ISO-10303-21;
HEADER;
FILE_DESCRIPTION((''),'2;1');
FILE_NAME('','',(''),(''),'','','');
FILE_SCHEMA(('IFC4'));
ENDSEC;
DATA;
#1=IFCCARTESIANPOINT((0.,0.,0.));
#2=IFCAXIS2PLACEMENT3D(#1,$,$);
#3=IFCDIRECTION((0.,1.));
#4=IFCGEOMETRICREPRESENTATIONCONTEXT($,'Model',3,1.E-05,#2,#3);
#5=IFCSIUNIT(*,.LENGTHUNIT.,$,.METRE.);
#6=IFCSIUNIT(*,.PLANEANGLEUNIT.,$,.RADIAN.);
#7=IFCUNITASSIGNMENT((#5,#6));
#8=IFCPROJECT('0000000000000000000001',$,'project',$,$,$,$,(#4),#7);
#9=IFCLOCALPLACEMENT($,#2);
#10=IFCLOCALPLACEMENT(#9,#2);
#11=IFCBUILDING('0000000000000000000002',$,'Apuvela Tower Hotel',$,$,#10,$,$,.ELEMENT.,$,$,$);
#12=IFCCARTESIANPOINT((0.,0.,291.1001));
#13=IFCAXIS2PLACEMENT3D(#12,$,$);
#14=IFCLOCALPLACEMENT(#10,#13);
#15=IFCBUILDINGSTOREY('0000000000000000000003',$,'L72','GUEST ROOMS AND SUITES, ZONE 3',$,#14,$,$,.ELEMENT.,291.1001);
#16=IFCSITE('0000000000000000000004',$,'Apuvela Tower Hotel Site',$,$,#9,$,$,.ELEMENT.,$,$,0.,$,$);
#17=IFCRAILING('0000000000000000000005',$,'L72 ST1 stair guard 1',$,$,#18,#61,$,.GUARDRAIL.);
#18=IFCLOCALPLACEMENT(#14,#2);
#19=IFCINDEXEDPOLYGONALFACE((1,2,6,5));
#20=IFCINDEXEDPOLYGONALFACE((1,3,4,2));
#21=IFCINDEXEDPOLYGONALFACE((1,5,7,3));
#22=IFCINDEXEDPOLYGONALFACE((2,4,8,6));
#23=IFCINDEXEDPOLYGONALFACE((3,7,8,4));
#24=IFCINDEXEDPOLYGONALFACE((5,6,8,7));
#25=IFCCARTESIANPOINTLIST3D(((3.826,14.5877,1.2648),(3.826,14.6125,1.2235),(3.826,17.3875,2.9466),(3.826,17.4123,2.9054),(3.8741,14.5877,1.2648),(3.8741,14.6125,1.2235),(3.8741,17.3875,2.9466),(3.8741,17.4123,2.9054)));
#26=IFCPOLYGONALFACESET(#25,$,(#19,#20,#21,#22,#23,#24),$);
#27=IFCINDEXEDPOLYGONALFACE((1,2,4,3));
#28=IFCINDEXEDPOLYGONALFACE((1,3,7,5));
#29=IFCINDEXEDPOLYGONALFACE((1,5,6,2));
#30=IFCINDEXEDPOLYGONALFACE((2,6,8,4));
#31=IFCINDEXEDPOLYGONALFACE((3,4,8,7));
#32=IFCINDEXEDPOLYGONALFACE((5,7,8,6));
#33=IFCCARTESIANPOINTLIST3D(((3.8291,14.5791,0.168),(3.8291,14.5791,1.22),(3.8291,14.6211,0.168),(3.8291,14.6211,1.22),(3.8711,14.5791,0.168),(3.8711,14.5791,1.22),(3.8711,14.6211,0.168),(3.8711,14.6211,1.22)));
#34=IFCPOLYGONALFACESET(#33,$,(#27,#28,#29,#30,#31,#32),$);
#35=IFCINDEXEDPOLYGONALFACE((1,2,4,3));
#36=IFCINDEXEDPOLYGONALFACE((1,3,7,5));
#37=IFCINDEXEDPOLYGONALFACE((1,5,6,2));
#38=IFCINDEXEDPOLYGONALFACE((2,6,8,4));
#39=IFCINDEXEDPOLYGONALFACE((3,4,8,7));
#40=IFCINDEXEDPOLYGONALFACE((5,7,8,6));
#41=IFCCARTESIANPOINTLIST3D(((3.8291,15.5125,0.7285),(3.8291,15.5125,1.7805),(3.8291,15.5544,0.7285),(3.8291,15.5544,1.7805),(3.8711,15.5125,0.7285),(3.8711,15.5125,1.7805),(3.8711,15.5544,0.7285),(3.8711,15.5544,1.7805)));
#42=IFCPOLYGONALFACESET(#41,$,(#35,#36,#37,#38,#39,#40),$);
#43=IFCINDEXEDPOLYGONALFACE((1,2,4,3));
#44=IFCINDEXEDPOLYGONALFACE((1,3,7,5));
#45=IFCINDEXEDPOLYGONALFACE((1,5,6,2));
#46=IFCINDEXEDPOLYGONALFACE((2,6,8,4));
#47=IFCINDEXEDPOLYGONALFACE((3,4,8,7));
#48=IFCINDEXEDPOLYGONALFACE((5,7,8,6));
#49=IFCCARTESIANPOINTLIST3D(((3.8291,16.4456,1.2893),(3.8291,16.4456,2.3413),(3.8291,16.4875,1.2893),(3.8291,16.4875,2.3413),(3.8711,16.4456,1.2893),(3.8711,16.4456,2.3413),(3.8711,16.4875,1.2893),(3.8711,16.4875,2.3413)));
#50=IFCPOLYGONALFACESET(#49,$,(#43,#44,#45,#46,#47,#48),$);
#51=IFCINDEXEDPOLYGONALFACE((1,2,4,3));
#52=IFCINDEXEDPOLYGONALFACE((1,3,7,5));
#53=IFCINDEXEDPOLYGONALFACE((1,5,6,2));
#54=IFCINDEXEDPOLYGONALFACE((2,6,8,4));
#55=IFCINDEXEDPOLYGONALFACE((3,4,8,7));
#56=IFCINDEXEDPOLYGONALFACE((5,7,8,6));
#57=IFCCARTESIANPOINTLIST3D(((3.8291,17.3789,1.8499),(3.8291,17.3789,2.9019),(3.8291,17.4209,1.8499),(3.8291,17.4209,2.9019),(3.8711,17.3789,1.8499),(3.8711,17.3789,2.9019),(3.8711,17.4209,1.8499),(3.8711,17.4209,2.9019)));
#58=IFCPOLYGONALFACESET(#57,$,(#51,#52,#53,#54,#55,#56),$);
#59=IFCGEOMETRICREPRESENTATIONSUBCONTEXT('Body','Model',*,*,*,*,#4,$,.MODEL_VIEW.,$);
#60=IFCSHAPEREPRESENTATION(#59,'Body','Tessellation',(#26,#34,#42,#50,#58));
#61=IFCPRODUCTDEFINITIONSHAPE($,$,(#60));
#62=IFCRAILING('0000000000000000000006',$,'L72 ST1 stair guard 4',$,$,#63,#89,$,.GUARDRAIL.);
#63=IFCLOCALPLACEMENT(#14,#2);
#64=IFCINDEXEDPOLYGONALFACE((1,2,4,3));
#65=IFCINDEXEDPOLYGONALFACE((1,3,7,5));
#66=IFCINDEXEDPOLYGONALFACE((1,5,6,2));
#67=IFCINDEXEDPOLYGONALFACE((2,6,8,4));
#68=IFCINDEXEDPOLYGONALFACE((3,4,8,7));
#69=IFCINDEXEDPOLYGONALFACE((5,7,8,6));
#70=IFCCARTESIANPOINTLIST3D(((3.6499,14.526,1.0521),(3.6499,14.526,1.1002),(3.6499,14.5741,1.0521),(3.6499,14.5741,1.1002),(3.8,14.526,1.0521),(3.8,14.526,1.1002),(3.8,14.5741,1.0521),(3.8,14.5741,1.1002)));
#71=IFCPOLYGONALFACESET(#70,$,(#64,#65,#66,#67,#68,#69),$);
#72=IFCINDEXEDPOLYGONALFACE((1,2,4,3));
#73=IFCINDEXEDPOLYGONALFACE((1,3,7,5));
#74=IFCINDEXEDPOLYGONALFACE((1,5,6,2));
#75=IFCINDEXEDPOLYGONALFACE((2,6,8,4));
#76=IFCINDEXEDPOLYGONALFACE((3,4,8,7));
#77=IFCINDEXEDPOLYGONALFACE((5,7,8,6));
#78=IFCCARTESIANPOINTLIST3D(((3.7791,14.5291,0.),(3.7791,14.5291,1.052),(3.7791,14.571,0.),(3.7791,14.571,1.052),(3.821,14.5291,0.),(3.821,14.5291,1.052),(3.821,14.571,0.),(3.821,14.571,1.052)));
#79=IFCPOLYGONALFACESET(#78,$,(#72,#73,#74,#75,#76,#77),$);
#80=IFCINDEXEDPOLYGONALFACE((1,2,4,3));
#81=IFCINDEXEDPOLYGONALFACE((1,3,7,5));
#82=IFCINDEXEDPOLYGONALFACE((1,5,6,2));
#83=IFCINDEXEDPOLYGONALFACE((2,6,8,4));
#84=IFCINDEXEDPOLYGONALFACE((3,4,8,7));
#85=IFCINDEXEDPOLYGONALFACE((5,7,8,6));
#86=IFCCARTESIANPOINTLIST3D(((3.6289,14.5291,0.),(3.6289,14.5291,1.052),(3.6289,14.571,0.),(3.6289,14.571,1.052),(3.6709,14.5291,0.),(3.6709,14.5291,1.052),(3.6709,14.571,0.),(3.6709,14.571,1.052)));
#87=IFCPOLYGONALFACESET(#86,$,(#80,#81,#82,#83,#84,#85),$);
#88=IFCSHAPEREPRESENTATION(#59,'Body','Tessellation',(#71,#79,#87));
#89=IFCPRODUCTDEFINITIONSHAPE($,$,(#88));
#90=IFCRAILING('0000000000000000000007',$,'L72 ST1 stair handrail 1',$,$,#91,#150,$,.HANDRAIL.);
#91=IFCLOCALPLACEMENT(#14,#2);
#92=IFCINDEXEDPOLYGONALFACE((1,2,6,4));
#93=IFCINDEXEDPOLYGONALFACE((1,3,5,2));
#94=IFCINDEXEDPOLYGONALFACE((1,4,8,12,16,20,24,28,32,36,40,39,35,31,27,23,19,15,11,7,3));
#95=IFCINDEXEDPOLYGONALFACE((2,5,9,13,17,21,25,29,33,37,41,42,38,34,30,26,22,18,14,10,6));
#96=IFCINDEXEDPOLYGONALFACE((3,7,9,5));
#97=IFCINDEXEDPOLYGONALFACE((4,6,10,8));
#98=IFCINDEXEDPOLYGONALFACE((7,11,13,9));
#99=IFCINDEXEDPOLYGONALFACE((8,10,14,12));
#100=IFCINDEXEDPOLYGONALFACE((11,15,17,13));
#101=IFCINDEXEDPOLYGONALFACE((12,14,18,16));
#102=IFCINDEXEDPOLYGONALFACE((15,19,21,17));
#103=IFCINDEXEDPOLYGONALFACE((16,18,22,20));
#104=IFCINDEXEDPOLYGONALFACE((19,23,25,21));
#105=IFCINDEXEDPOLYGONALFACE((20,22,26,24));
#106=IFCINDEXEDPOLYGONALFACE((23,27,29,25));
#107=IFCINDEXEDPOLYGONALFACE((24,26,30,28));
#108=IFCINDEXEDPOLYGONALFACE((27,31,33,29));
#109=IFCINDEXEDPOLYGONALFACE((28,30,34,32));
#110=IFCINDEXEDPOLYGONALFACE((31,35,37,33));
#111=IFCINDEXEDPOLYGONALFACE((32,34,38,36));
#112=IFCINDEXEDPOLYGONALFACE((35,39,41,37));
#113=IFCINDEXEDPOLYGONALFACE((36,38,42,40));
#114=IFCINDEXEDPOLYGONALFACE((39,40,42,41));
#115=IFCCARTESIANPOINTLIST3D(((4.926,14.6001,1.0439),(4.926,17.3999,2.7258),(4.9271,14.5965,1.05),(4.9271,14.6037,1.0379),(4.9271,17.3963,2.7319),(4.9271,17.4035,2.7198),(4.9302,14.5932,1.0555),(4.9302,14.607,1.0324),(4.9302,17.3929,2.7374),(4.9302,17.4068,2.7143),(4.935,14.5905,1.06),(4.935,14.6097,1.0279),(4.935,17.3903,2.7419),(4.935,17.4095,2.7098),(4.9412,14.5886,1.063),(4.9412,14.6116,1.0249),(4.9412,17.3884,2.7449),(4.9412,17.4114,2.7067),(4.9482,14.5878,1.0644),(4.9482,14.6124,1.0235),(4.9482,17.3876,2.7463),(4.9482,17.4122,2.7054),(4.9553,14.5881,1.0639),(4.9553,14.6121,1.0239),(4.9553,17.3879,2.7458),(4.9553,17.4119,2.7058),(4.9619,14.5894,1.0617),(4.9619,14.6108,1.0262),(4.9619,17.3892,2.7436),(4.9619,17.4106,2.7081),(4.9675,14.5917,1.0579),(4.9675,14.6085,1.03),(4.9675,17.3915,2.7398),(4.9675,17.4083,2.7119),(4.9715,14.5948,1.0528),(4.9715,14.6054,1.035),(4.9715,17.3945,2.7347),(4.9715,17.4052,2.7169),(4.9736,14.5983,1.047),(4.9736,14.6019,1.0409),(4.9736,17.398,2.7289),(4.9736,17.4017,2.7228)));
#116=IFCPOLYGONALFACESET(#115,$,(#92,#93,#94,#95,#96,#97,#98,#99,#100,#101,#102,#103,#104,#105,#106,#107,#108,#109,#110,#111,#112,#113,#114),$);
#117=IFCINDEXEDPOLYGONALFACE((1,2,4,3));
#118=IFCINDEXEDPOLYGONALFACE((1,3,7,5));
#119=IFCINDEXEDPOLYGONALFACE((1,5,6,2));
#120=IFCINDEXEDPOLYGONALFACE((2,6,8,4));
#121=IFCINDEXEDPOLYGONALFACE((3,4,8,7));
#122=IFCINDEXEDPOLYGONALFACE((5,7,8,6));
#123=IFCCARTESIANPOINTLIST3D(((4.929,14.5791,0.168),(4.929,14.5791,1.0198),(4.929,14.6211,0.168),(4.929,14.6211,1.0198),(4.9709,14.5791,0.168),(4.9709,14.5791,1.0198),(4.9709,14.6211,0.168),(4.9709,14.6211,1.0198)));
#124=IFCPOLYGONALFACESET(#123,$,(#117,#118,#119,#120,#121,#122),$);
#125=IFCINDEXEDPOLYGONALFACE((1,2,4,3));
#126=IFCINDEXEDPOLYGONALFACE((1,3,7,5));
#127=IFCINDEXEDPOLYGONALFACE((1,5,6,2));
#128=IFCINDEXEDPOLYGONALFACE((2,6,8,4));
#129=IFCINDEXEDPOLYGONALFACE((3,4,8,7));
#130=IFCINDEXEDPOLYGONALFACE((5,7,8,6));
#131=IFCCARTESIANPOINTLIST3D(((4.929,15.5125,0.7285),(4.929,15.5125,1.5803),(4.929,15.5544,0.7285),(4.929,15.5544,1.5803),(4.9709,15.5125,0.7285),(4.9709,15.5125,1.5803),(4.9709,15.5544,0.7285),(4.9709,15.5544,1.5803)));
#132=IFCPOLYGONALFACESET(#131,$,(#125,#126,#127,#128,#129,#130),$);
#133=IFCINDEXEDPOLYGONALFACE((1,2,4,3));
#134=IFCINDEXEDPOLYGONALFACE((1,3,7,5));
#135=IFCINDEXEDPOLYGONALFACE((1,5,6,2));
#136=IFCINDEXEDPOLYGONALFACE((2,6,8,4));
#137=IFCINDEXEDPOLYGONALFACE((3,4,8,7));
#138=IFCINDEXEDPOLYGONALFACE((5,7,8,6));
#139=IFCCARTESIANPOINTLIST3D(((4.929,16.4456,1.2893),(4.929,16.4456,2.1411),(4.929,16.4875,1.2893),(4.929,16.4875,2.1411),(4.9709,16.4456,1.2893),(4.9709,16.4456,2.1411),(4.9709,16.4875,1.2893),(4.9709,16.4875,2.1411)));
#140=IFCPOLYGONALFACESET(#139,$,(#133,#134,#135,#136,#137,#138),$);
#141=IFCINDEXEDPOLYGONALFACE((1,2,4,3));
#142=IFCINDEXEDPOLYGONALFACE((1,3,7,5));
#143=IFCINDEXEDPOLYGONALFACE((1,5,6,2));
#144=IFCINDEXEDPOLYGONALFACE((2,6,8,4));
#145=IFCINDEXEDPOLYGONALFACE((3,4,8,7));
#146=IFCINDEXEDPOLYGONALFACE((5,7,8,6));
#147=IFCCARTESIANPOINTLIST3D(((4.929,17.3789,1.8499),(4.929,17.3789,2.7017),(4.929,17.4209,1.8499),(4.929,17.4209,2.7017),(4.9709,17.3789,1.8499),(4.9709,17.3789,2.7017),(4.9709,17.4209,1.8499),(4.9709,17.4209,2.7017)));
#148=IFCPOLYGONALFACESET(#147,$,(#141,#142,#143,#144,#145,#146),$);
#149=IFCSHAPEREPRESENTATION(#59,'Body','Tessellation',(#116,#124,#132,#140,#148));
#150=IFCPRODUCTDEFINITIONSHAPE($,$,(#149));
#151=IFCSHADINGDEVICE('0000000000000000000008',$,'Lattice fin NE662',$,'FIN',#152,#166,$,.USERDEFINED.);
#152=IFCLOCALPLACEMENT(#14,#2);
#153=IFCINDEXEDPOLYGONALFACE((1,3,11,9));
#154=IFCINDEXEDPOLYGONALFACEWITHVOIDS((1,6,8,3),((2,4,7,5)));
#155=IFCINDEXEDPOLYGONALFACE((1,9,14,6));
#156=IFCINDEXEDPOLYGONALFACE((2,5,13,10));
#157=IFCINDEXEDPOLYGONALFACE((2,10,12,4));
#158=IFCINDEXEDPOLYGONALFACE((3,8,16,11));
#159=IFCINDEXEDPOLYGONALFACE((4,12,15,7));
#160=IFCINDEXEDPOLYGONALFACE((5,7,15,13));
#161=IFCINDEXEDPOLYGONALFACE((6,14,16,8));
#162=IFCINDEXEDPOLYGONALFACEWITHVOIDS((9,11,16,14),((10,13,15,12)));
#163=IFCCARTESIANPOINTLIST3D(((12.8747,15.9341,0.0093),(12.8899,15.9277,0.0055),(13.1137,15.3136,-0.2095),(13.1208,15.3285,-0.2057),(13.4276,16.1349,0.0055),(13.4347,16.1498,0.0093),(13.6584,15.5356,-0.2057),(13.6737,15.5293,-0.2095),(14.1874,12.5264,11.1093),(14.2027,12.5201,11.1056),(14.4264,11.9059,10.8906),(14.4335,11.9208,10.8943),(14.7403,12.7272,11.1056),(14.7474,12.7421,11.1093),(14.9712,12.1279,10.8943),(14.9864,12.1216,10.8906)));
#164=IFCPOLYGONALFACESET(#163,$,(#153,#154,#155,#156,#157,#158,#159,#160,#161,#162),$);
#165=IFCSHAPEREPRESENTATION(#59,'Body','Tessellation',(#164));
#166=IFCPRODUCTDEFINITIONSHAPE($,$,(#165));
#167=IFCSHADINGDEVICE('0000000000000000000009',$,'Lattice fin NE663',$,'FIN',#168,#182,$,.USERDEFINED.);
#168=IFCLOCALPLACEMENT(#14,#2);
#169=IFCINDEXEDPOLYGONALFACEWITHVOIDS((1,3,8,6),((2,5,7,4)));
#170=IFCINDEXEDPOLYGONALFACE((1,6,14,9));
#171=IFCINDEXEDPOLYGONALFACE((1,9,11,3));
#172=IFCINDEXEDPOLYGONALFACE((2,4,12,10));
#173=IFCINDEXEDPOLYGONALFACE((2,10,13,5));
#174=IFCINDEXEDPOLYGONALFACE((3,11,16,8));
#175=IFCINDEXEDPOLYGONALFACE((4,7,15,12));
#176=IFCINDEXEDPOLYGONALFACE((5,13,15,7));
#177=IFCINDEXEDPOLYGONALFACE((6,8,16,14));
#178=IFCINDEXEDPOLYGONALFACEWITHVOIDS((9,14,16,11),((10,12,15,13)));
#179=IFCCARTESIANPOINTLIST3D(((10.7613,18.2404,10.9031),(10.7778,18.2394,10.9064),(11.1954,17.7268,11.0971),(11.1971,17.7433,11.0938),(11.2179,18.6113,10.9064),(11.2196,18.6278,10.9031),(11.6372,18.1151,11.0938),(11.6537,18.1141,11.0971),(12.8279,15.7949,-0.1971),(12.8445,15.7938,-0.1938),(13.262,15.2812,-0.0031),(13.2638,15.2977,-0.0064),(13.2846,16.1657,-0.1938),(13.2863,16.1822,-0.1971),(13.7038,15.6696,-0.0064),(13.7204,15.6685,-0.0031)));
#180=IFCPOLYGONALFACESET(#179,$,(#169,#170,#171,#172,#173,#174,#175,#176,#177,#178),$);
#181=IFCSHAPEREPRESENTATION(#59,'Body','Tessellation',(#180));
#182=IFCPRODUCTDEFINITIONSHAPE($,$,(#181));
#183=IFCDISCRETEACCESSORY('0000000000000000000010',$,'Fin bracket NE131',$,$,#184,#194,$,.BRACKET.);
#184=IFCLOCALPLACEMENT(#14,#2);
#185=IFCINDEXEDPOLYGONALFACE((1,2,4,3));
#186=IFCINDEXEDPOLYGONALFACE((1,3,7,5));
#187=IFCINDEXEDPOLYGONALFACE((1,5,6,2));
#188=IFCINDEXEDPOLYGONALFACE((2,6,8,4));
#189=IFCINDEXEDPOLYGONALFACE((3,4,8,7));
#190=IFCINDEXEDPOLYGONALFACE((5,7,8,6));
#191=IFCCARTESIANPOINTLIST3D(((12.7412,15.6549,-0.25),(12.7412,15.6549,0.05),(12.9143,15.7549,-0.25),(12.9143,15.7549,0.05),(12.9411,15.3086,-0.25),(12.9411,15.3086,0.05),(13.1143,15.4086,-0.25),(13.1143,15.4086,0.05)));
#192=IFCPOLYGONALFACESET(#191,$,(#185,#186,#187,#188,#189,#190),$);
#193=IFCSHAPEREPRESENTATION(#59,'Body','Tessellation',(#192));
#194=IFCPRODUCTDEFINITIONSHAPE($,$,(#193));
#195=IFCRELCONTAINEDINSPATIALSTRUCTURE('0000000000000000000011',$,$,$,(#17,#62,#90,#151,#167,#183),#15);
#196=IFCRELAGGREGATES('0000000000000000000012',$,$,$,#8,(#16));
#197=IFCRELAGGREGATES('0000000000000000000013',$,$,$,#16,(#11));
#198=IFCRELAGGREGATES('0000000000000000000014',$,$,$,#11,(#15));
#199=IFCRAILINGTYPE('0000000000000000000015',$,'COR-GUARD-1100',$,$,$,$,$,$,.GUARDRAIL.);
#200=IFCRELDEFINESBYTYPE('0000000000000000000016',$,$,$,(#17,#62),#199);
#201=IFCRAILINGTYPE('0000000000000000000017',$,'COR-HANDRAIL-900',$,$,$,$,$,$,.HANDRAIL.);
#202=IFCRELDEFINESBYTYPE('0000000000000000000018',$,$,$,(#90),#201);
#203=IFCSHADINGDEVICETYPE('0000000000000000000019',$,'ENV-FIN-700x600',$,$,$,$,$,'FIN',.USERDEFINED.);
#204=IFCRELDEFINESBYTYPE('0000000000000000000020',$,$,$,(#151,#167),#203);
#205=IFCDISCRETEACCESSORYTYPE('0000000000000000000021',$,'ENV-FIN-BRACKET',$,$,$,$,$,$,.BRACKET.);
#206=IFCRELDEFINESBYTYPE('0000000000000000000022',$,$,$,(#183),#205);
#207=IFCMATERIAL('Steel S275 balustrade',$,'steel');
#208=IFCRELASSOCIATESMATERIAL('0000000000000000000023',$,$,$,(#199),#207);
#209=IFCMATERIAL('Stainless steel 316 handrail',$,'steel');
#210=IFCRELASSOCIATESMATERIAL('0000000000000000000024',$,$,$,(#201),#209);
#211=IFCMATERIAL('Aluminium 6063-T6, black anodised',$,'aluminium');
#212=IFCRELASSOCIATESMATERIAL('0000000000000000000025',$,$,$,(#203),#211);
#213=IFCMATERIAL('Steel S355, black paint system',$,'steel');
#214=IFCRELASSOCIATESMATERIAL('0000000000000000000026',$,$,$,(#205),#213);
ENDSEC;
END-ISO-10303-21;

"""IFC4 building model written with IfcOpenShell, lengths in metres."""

from ifc_helpers import new_model, si_unit, direction, frame, origin, origin_2d, place, context, subcontext, project, spatial, rectangle, hollow_rectangle, circle, extrude, material, material_profile, profile_set, type_object, element, save


model = new_model("IFC4")

# Units and contexts
model_context = context("Model", 3, precision=1e-05, world=origin(), true_north=direction((0.0, 1.0)))
body_context = subcontext(model_context, "Body", "Model", "MODEL_VIEW")
ifc_project = project(units=[si_unit("LENGTHUNIT", "METRE"), si_unit("PLANEANGLEUNIT", "RADIAN")], contexts=[model_context])

# Site, building, storey
site_placement = place(None, origin())
site = spatial("IfcSite", under=ifc_project, at=site_placement, Name="Apuvela Tower Hotel Site", CompositionType="ELEMENT", RefElevation=0.0)
building_placement = place(site_placement, origin())
building = spatial("IfcBuilding", under=site, at=building_placement, Name="Apuvela Tower Hotel", CompositionType="ELEMENT")
storey_placement = place(building_placement, frame((0.0, 0.0, 291.1001)))
storey = spatial("IfcBuildingStorey", under=building, at=storey_placement, Name="L72", Description="GUEST ROOMS AND SUITES, ZONE 3", CompositionType="ELEMENT", Elevation=291.1001)

# Railings
ifc_material_1 = material(Name="Steel S275 balustrade", Category="steel")
railing_type_1 = type_object("IfcRailingType", Name="COR-GUARD-1100", PredefinedType="GUARDRAIL", material=ifc_material_1)
railing_1_placement = place(storey_placement, frame((3.8501, 14.6001, 0.168)))
element("IfcRailing", 1, at=railing_1_placement, inside=storey, type_object=railing_type_1, Name="L72 ST1 stair guard 1", PredefinedType="GUARDRAIL", context=body_context, shape_type="SweptSolid", body=[
    extrude(rectangle(XDim=0.0481, YDim=0.0481, at=origin_2d()), frame((0.0, 0.0, 1.0762), z_axis=(0.0, 0.857222, 0.514946), x_axis=(-1.0, 0.0, 0.0)), (0.0, 0.0, 1.0), 3.2661),
    extrude(rectangle(XDim=0.042, YDim=0.042, at=origin_2d()), origin(), (0.0, 0.0, 1.0), 1.052),
    extrude(rectangle(XDim=0.042, YDim=0.042, at=origin_2d()), frame((0.0, 0.9333, 0.5605)), (0.0, 0.0, 1.0), 1.052),
    extrude(rectangle(XDim=0.042, YDim=0.042, at=origin_2d()), frame((0.0, 1.8665, 1.1213)), (0.0, 0.0, 1.0), 1.052),
    extrude(rectangle(XDim=0.042, YDim=0.042, at=origin_2d()), frame((0.0, 2.7998, 1.6819)), (0.0, 0.0, 1.0), 1.052),
])
railing_2_placement = place(storey_placement, frame((3.8, 14.55, 0.0)))
element("IfcRailing", 2, at=railing_2_placement, inside=storey, type_object=railing_type_1, Name="L72 ST1 stair guard 4", PredefinedType="GUARDRAIL", context=body_context, shape_type="SweptSolid", body=[
    extrude(rectangle(XDim=0.0481, YDim=0.0481, at=origin_2d()), frame((0.0, 0.0, 1.0762), z_axis=(-1.0, 0.0, 0.0), x_axis=(0.0, -1.0, 0.0)), (0.0, 0.0, 1.0), 0.1501),
    extrude(rectangle(XDim=0.042, YDim=0.042, at=origin_2d()), origin(), (0.0, 0.0, 1.0), 1.052),
    extrude(rectangle(XDim=0.042, YDim=0.042, at=origin_2d()), frame((-0.1501, 0.0, 0.0)), (0.0, 0.0, 1.0), 1.052),
])
ifc_material_2 = material(Name="Stainless steel 316 handrail", Category="steel")
railing_type_2 = type_object("IfcRailingType", Name="COR-HANDRAIL-900", PredefinedType="HANDRAIL", material=ifc_material_2)
railing_3_placement = place(storey_placement, frame((4.95, 14.6001, 0.168)))
element("IfcRailing", 3, at=railing_3_placement, inside=storey, type_object=railing_type_2, Name="L72 ST1 stair handrail 1", PredefinedType="HANDRAIL", context=body_context, shape_type="SweptSolid", body=[
    extrude(circle(Radius=0.0239, at=origin_2d()), frame((0.0, 0.0, 0.876), z_axis=(0.0, 0.857222, 0.514946), x_axis=(-1.0, 0.0, 0.0)), (0.0, 0.0, 1.0), 3.2661),
    extrude(rectangle(XDim=0.042, YDim=0.042, at=origin_2d()), origin(), (0.0, 0.0, 1.0), 0.8518),
    extrude(rectangle(XDim=0.042, YDim=0.042, at=origin_2d()), frame((0.0, 0.9333, 0.5605)), (0.0, 0.0, 1.0), 0.8518),
    extrude(rectangle(XDim=0.042, YDim=0.042, at=origin_2d()), frame((0.0, 1.8665, 1.1213)), (0.0, 0.0, 1.0), 0.8518),
    extrude(rectangle(XDim=0.042, YDim=0.042, at=origin_2d()), frame((0.0, 2.7998, 1.6819)), (0.0, 0.0, 1.0), 0.8518),
])

# Shading devices
ifc_material_3 = material(Name="Aluminium 6063-T6, black anodised", Category="aluminium")
ifc_material_profile_1 = material_profile(ifc_material_3, hollow_rectangle(XDim=0.6001, YDim=0.7, WallThickness=0.012, at=origin_2d()), Name="AL BOX 700x600x12")
ifc_profile_set_1 = profile_set([ifc_material_profile_1], Name="Aluminium 6063-T6, black anodised")
shading_device_type = type_object("IfcShadingDeviceType", Name="ENV-FIN-700x600", ElementType="FIN", PredefinedType="USERDEFINED", material=ifc_profile_set_1)
shading_device_1_placement = place(storey_placement, frame((13.2742, 15.7317, -0.1001), z_axis=(0.112341, -0.291622, 0.949914), x_axis=(0.933154, 0.359476, 0.0)))
element("IfcShadingDevice", 4, at=shading_device_1_placement, inside=storey, type_object=shading_device_type, Name="Lattice fin NE662", ObjectType="FIN", PredefinedType="USERDEFINED", context=body_context, shape_type="SweptSolid", body=[
    extrude(hollow_rectangle(XDim=0.6001, YDim=0.7, WallThickness=0.012, at=origin_2d()), origin(), (0.0, 0.0, 1.0), 11.6853),
])
shading_device_2_placement = place(storey_placement, frame((13.2742, 15.7317, -0.1001), z_axis=(-0.17889, 0.211688, 0.960826), x_axis=(-0.763797, -0.645457, 0.0)))
element("IfcShadingDevice", 5, at=shading_device_2_placement, inside=storey, type_object=shading_device_type, Name="Lattice fin NE663", ObjectType="FIN", PredefinedType="USERDEFINED", context=body_context, shape_type="SweptSolid", body=[
    extrude(hollow_rectangle(XDim=0.6001, YDim=0.7, WallThickness=0.012, at=origin_2d()), origin(), (0.0, 0.0, 1.0), 11.5527),
])

# Discrete accessory
ifc_material_4 = material(Name="Steel S355, black paint system", Category="steel")
discrete_accessory_type = type_object("IfcDiscreteAccessoryType", Name="ENV-FIN-BRACKET", PredefinedType="BRACKET", material=ifc_material_4)
discrete_accessory_placement = place(storey_placement, frame((12.9277, 15.5317, -0.25), z_axis=(0.0, 0.0, 1.0), x_axis=(-0.5, 0.866025, 0.0)))
element("IfcDiscreteAccessory", 6, at=discrete_accessory_placement, inside=storey, type_object=discrete_accessory_type, Name="Fin bracket NE131", PredefinedType="BRACKET", context=body_context, shape_type="SweptSolid", body=[
    extrude(rectangle(XDim=0.3999, YDim=0.2, at=origin_2d()), origin(), (0.0, 0.0, 1.0), 0.3),
])

save(model, "model.ifc")
